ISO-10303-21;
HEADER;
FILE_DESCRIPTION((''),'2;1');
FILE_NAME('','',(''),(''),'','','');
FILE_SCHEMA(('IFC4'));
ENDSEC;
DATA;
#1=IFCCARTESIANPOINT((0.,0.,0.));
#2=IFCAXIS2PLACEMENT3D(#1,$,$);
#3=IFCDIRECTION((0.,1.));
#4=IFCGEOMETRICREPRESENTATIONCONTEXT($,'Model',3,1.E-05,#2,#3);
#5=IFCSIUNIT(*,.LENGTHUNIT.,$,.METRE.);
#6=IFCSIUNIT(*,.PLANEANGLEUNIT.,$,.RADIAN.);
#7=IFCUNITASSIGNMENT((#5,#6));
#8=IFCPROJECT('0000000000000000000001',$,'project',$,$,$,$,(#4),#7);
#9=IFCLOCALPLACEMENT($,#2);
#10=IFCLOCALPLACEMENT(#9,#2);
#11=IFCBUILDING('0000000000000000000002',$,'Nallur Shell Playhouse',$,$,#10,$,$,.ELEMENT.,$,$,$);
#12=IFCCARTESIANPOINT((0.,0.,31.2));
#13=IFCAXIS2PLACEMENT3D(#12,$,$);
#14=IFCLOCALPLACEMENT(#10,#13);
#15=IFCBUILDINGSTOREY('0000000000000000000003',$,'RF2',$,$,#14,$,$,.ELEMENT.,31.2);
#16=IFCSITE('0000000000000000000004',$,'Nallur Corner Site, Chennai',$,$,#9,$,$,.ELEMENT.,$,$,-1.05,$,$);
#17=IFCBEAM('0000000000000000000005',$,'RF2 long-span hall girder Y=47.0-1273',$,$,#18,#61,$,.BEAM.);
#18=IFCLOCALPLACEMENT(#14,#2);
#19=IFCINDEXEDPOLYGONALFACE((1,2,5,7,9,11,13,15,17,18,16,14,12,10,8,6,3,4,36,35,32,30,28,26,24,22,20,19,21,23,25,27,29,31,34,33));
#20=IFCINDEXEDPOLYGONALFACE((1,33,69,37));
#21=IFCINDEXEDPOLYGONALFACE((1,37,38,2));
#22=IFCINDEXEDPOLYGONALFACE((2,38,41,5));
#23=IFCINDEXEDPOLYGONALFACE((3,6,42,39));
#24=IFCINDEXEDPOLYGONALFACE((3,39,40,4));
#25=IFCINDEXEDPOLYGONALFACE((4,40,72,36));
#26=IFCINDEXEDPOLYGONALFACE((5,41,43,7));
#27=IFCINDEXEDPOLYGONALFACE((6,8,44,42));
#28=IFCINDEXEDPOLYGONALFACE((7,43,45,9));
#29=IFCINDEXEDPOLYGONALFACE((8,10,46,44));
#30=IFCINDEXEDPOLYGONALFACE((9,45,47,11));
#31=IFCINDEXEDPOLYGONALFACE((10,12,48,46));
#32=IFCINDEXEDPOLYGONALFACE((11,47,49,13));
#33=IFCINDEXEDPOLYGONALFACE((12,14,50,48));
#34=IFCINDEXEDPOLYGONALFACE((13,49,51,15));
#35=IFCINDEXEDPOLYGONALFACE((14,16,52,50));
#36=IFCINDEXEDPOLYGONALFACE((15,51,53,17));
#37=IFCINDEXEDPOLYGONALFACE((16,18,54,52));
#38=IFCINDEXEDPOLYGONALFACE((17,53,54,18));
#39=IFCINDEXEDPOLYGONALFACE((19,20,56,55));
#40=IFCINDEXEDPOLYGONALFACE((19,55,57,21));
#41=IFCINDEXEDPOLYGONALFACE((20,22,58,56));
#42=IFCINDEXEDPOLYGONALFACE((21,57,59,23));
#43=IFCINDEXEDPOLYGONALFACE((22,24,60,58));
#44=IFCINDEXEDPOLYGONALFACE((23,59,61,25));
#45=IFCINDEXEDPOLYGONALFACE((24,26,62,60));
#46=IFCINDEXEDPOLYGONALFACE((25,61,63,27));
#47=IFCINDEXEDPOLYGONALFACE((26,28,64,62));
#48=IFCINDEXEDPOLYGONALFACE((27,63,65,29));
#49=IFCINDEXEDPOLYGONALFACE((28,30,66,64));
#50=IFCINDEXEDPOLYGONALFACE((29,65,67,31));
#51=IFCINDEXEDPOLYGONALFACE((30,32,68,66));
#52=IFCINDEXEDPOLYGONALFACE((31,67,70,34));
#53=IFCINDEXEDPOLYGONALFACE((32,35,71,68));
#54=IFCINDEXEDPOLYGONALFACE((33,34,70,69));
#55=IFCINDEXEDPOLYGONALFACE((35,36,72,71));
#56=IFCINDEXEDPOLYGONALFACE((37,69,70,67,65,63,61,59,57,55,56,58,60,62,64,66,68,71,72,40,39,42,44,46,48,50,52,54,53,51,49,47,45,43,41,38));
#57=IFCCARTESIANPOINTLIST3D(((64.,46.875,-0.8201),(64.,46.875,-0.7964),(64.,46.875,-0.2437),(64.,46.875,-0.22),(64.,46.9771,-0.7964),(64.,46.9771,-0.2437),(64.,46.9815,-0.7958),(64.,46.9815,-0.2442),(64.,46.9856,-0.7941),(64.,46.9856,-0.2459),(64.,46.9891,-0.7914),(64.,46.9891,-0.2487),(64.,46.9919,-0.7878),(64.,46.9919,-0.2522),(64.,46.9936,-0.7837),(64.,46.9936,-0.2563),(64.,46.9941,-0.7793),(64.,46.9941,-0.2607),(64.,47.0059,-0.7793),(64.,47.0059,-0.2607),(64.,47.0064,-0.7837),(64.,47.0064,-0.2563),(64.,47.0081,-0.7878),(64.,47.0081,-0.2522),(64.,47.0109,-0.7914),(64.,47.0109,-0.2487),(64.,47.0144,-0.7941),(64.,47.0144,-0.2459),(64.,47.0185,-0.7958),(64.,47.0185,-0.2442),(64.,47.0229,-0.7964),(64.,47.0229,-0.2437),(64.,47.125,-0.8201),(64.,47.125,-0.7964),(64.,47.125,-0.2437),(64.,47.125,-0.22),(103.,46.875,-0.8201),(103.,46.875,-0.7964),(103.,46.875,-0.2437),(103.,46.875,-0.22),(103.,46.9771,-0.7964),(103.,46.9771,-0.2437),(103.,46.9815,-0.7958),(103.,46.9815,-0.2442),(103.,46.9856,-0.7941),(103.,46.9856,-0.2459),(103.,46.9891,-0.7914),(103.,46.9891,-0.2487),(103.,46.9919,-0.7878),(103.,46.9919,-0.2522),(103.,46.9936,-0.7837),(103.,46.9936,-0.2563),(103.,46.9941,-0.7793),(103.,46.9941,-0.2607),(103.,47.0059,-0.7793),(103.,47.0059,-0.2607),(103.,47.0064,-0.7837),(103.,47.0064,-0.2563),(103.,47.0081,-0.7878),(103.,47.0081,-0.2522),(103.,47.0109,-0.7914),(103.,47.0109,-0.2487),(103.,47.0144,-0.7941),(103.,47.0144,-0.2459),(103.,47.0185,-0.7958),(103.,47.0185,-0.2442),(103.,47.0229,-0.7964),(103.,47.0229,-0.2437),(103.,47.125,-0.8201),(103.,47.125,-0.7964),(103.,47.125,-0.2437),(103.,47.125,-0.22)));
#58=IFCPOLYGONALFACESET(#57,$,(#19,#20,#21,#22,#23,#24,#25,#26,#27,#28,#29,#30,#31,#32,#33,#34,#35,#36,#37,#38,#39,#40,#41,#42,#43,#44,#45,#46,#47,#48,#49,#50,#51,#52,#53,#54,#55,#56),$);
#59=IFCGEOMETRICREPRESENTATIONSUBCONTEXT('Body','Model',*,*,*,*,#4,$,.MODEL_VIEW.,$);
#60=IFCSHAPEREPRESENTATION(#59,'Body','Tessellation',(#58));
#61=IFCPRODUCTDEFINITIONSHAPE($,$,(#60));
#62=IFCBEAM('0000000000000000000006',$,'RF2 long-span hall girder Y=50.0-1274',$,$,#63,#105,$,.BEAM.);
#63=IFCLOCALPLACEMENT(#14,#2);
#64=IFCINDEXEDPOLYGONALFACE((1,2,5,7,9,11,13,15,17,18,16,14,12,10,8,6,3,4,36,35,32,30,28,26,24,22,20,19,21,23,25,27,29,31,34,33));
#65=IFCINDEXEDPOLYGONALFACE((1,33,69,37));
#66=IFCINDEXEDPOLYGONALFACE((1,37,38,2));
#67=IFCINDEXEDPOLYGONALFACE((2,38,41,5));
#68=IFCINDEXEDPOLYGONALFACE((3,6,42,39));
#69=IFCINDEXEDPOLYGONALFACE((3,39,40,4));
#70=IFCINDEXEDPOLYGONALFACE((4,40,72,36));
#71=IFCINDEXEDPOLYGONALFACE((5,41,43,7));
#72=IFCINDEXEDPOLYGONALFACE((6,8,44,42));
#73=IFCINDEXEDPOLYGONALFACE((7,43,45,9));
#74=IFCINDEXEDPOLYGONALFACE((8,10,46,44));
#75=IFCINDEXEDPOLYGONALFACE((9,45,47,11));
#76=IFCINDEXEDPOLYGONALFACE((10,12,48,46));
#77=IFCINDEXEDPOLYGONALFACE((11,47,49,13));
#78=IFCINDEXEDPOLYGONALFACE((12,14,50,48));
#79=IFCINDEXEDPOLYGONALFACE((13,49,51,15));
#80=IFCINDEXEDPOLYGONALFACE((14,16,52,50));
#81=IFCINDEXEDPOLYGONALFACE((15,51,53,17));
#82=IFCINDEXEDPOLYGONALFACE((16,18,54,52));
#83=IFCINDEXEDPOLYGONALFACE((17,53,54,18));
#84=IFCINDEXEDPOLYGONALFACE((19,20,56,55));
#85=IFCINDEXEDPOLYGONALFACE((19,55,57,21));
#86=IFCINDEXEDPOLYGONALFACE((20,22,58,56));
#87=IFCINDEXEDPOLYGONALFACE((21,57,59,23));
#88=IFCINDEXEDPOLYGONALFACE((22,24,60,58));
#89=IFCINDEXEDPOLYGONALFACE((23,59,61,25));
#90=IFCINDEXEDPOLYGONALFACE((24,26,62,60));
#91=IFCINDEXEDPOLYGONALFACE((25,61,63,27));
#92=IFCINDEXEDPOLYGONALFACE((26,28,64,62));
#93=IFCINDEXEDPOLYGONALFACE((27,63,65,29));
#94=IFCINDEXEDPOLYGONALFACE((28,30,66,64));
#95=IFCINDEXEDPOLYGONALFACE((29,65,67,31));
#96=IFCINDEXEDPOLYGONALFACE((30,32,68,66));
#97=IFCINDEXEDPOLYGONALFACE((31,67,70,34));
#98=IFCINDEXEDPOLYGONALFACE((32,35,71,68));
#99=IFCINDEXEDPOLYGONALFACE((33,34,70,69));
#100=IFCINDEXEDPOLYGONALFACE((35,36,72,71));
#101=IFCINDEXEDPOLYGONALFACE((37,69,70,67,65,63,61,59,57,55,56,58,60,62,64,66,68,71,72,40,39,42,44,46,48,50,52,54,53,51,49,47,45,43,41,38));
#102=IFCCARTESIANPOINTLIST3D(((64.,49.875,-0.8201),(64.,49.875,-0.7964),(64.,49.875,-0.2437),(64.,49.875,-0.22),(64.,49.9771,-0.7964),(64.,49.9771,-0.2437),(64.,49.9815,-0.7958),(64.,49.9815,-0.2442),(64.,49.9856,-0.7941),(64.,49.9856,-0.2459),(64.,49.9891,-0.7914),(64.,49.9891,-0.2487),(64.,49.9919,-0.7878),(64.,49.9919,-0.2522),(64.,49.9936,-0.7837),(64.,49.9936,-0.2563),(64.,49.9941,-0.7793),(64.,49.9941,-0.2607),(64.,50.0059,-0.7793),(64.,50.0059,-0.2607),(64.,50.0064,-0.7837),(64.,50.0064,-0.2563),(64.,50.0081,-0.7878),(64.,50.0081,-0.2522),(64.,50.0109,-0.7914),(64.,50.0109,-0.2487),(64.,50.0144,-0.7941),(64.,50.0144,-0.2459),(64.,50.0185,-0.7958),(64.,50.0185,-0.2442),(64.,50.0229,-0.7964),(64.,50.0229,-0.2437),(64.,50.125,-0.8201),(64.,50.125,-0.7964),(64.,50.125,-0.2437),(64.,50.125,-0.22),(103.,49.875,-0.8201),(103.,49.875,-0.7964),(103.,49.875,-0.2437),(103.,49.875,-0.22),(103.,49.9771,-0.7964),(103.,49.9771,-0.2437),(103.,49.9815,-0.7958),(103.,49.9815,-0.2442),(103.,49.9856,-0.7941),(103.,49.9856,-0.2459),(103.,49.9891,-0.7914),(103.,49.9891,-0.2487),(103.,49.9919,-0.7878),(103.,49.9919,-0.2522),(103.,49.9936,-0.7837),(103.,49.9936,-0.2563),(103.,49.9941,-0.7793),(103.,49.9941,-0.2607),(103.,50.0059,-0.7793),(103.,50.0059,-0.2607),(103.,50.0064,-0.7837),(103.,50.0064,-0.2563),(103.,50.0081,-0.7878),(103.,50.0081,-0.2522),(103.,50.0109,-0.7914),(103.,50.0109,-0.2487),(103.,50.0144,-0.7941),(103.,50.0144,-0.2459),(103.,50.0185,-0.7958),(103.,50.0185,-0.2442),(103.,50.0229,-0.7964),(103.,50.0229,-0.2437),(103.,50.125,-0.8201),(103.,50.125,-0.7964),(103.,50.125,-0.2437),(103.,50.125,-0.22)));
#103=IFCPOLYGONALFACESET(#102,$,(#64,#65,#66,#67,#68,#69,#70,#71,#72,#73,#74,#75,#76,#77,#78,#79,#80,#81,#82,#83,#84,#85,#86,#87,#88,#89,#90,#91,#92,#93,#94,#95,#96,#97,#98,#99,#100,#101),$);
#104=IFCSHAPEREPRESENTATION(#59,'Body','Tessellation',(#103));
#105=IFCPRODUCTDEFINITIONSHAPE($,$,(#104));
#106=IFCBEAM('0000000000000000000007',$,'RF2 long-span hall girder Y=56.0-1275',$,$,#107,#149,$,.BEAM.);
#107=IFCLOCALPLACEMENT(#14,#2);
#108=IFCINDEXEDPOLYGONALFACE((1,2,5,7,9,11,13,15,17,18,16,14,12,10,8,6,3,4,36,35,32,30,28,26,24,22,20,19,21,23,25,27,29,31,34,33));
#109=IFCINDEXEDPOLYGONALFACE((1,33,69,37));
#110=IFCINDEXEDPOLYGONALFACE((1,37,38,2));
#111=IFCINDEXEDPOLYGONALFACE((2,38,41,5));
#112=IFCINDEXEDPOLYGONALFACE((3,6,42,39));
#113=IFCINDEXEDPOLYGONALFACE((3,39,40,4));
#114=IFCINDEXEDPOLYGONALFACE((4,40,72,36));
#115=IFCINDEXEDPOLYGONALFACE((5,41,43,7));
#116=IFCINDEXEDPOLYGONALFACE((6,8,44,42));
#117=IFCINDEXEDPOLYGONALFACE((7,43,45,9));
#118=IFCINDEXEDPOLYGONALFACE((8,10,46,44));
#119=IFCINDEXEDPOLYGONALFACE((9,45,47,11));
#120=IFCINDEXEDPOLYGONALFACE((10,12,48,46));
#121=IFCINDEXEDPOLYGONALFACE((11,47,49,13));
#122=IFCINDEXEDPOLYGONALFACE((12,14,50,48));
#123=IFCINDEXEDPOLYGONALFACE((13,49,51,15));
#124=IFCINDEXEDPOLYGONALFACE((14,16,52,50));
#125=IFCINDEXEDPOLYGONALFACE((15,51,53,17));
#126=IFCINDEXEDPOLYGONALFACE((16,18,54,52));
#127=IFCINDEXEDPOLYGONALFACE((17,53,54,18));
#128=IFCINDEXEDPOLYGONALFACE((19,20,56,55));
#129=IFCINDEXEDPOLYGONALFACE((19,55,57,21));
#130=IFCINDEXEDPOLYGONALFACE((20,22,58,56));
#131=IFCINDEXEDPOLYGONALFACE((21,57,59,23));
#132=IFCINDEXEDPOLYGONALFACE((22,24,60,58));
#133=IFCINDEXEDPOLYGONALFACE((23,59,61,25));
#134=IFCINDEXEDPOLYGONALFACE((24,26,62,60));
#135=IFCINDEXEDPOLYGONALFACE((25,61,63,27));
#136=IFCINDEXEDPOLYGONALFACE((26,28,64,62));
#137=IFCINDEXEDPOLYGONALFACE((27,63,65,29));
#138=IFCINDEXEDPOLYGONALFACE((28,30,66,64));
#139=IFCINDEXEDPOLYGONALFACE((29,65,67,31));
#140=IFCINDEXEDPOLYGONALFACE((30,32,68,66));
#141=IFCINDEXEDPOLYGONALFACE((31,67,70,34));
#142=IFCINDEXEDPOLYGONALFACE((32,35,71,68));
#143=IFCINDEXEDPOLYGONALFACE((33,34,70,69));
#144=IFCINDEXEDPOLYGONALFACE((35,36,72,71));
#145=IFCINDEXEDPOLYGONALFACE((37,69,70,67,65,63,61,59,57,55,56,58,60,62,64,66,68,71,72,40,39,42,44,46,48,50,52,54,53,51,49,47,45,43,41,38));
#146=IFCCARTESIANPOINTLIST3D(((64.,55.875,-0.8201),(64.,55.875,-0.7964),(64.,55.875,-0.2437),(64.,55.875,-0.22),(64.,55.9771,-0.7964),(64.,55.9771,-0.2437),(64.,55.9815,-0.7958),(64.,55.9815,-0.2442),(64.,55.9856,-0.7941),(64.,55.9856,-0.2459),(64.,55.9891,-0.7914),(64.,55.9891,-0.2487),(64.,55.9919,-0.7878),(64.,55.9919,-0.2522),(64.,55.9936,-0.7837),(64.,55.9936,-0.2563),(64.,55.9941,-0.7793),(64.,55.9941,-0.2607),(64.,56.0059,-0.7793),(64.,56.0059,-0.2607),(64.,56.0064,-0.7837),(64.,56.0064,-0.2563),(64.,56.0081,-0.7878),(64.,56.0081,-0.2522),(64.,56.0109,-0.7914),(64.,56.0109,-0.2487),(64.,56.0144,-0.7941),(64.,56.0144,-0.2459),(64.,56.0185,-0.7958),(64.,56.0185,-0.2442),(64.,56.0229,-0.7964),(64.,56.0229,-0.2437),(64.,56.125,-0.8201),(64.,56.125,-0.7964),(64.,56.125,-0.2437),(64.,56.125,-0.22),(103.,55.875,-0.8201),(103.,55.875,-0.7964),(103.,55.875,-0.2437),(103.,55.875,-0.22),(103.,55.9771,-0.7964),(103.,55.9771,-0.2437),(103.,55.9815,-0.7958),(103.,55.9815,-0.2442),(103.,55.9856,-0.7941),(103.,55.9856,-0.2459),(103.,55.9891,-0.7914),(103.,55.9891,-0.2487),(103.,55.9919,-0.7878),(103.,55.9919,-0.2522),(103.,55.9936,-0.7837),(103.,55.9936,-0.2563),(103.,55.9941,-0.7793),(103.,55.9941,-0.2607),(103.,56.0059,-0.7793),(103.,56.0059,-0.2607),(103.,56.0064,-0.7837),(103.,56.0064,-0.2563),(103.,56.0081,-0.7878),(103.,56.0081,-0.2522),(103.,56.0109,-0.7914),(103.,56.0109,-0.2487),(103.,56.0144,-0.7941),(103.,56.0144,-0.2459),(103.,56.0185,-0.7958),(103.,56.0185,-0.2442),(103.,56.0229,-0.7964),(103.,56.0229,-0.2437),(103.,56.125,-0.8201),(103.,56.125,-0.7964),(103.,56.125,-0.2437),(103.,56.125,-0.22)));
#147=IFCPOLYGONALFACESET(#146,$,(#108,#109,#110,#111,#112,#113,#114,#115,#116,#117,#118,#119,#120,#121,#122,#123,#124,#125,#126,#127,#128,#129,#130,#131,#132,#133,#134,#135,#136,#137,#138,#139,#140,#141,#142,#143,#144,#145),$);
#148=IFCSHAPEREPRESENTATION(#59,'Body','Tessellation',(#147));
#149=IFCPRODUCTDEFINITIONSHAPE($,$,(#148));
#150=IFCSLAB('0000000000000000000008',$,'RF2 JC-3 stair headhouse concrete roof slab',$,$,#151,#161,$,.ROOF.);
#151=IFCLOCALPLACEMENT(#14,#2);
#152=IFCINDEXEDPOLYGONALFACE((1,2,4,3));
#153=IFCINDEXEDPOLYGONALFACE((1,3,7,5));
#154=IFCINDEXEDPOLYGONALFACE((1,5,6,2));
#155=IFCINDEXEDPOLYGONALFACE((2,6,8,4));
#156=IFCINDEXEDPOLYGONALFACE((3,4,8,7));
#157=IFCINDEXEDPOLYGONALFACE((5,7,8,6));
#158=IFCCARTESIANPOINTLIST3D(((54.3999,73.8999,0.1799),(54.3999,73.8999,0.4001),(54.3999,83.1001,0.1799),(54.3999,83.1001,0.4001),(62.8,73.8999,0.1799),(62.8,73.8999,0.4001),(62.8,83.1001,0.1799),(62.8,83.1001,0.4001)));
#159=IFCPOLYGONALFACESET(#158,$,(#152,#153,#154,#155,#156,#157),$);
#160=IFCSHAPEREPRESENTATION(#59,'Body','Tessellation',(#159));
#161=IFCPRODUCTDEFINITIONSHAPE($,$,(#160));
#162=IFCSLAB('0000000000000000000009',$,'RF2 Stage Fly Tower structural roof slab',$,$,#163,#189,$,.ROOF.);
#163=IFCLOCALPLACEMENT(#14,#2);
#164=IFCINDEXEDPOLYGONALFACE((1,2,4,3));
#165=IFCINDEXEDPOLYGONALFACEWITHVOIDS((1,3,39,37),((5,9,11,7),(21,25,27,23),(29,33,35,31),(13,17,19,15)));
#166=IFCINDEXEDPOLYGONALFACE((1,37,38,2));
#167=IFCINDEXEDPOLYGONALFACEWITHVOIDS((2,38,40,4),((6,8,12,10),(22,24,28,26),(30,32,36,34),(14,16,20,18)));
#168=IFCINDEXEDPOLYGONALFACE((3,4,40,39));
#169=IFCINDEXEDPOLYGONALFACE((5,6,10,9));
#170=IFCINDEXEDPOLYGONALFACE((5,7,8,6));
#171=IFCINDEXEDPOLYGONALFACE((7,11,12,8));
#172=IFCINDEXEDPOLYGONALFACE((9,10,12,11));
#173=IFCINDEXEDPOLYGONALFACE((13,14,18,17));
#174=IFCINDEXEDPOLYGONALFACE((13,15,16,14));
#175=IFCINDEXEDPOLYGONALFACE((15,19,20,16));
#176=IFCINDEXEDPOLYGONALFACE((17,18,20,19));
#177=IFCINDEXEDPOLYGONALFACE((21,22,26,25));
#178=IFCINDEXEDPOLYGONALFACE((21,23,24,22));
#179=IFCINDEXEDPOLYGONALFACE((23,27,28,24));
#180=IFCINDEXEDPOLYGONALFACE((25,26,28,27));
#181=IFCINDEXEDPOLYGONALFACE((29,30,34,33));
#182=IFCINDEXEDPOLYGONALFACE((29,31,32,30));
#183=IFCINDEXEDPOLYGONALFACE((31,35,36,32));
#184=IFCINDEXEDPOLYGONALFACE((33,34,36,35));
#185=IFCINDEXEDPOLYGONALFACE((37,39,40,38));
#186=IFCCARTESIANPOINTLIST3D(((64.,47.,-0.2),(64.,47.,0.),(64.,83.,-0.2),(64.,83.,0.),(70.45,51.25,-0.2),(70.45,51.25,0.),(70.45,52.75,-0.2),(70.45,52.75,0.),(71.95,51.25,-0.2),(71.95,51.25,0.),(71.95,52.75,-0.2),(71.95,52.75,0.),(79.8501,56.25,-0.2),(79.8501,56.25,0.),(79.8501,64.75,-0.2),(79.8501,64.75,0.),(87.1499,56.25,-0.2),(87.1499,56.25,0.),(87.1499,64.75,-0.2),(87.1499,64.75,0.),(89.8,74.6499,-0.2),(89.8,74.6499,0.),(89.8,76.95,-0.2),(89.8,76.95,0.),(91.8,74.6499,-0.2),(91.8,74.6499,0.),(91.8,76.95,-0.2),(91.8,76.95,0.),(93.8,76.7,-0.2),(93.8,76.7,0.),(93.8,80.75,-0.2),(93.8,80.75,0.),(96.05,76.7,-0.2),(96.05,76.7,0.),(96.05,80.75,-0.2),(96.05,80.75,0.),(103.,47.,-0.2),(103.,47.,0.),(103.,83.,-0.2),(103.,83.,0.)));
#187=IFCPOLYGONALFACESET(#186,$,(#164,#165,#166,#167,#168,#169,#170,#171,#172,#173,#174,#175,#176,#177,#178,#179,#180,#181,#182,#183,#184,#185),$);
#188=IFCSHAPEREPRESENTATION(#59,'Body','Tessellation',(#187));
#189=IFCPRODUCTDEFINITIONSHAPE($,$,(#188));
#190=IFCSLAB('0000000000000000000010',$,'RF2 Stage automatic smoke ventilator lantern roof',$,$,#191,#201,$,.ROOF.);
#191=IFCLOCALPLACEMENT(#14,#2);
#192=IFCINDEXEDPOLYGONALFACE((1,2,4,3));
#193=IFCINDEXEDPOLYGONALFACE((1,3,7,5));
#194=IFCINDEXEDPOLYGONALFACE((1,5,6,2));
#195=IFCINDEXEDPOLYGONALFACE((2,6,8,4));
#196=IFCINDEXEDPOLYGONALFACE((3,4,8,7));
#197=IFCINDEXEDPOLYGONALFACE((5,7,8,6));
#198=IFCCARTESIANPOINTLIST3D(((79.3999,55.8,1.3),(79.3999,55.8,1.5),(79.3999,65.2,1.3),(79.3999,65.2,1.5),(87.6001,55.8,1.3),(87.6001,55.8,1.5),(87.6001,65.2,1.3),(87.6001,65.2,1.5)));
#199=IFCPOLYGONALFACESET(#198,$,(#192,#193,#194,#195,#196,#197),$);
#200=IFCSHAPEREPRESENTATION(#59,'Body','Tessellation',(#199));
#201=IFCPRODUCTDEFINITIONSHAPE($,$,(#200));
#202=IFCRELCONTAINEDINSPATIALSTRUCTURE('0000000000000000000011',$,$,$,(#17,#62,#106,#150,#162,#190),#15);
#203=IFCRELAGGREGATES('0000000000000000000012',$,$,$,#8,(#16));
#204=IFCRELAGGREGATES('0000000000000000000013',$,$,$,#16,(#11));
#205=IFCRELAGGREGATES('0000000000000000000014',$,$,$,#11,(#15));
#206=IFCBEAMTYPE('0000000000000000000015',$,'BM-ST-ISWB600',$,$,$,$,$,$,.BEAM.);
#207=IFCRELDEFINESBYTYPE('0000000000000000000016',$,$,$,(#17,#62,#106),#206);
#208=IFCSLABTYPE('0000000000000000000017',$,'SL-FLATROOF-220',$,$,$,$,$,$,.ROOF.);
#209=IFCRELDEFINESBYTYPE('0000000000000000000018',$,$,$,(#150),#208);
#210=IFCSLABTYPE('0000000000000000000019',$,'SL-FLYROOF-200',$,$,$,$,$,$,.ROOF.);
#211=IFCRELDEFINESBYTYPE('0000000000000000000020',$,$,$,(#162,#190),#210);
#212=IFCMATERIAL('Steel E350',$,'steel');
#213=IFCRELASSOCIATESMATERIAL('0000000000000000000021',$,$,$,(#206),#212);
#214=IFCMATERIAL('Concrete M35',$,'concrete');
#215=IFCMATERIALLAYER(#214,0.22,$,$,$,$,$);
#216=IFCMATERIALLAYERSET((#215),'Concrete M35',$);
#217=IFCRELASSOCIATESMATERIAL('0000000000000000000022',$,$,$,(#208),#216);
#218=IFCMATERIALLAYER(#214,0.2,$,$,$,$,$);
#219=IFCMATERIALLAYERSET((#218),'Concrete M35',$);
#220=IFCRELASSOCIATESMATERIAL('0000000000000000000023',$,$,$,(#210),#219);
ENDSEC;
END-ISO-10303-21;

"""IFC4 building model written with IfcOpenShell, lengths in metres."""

from ifc_helpers import new_model, si_unit, direction, frame, origin, origin_2d, place, context, subcontext, project, spatial, polyline, i_section, outline, extrude, material, layer, layer_set, material_profile, profile_set, type_object, element, save


model = new_model("IFC4")

# Units and contexts
model_context = context("Model", 3, precision=1e-05, world=origin(), true_north=direction((0.0, 1.0)))
body_context = subcontext(model_context, "Body", "Model", "MODEL_VIEW")
ifc_project = project(units=[si_unit("LENGTHUNIT", "METRE"), si_unit("PLANEANGLEUNIT", "RADIAN")], contexts=[model_context])

# Site, building, storey
site_placement = place(None, origin())
site = spatial("IfcSite", under=ifc_project, at=site_placement, Name="Nallur Corner Site, Chennai", CompositionType="ELEMENT", RefElevation=-1.05)
building_placement = place(site_placement, origin())
building = spatial("IfcBuilding", under=site, at=building_placement, Name="Nallur Shell Playhouse", CompositionType="ELEMENT")
storey_placement = place(building_placement, frame((0.0, 0.0, 31.2)))
storey = spatial("IfcBuildingStorey", under=building, at=storey_placement, Name="RF2", CompositionType="ELEMENT", Elevation=31.2)

# Beams
ifc_material_1 = material(Name="Steel E350", Category="steel")
ifc_material_profile_1 = material_profile(ifc_material_1, i_section(OverallWidth=0.25, OverallDepth=0.6001, WebThickness=0.0117, FlangeThickness=0.0237, FilletRadius=0.0171, at=origin_2d()), Name="ISWB 600")
ifc_profile_set_1 = profile_set([ifc_material_profile_1], Name="Steel E350")
beam_type_1 = type_object("IfcBeamType", Name="BM-ST-ISWB600", PredefinedType="BEAM", material=ifc_profile_set_1)
for number, where, z_axis, x_axis, name in (
    (1, (64.0, 47.0, -0.52), (1.0, 0.0, 0.0), (0.0, 1.0, 0.0), "RF2 long-span hall girder Y=47.0-1273"),
    (2, (64.0, 50.0, -0.52), (1.0, 0.0, 0.0), (0.0, 1.0, 0.0), "RF2 long-span hall girder Y=50.0-1274"),
    (3, (64.0, 56.0, -0.52), (1.0, 0.0, 0.0), (0.0, 1.0, 0.0), "RF2 long-span hall girder Y=56.0-1275"),
):
    element("IfcBeam", number, at=place(storey_placement, frame(where, z_axis=z_axis, x_axis=x_axis)), inside=storey, type_object=beam_type_1, Name=name, PredefinedType="BEAM", context=body_context, shape_type="SweptSolid", body=[
        extrude(i_section(OverallWidth=0.25, OverallDepth=0.6001, WebThickness=0.0117, FlangeThickness=0.0237, FilletRadius=0.0171, at=origin_2d()), origin(), (0.0, 0.0, 1.0), 39.0),
    ])

# Slabs
ifc_material_2 = material(Name="Concrete M35", Category="concrete")
ifc_layer_1 = layer(ifc_material_2, 0.22)
ifc_layer_set_1 = layer_set([ifc_layer_1], Name="Concrete M35")
slab_type_1 = type_object("IfcSlabType", Name="SL-FLATROOF-220", PredefinedType="ROOF", material=ifc_layer_set_1)
slab_1_placement = place(storey_placement, frame((0.0, 0.0, 0.1799)))
element("IfcSlab", 4, at=slab_1_placement, inside=storey, type_object=slab_type_1, Name="RF2 JC-3 stair headhouse concrete roof slab", PredefinedType="ROOF", context=body_context, shape_type="SweptSolid", body=[
    extrude(outline(polyline([(54.3999, 73.8999), (62.8, 73.8999), (62.8, 83.1001), (54.3999, 83.1001), (54.3999, 73.8999)])), origin(), (0.0, 0.0, 1.0), 0.2202),
])
ifc_layer_2 = layer(ifc_material_2, 0.2)
ifc_layer_set_2 = layer_set([ifc_layer_2], Name="Concrete M35")
slab_type_2 = type_object("IfcSlabType", Name="SL-FLYROOF-200", PredefinedType="ROOF", material=ifc_layer_set_2)
slab_2_placement = place(storey_placement, frame((0.0, 0.0, -0.2)))
element("IfcSlab", 5, at=slab_2_placement, inside=storey, type_object=slab_type_2, Name="RF2 Stage Fly Tower structural roof slab", PredefinedType="ROOF", context=body_context, shape_type="SweptSolid", body=[
    extrude(outline(polyline([(64.0, 47.0), (64.0, 83.0), (103.0, 83.0), (103.0, 47.0), (64.0, 47.0)]), holes=[polyline([(70.45, 51.25), (71.95, 51.25), (71.95, 52.75), (70.45, 52.75), (70.45, 51.25)]), polyline([(79.8501, 56.25), (87.1499, 56.25), (87.1499, 64.75), (79.8501, 64.75), (79.8501, 56.25)]), polyline([(89.8, 74.6499), (91.8, 74.6499), (91.8, 76.95), (89.8, 76.95), (89.8, 74.6499)]), polyline([(93.8, 76.7), (96.05, 76.7), (96.05, 80.75), (93.8, 80.75), (93.8, 76.7)])]), origin(), (0.0, 0.0, 1.0), 0.2),
])
slab_3_placement = place(storey_placement, frame((0.0, 0.0, 1.3)))
element("IfcSlab", 6, at=slab_3_placement, inside=storey, type_object=slab_type_2, Name="RF2 Stage automatic smoke ventilator lantern roof", PredefinedType="ROOF", context=body_context, shape_type="SweptSolid", body=[
    extrude(outline(polyline([(79.3999, 55.8), (87.6001, 55.8), (87.6001, 65.2), (79.3999, 65.2), (79.3999, 55.8)])), origin(), (0.0, 0.0, 1.0), 0.2),
])

save(model, "model.ifc")
